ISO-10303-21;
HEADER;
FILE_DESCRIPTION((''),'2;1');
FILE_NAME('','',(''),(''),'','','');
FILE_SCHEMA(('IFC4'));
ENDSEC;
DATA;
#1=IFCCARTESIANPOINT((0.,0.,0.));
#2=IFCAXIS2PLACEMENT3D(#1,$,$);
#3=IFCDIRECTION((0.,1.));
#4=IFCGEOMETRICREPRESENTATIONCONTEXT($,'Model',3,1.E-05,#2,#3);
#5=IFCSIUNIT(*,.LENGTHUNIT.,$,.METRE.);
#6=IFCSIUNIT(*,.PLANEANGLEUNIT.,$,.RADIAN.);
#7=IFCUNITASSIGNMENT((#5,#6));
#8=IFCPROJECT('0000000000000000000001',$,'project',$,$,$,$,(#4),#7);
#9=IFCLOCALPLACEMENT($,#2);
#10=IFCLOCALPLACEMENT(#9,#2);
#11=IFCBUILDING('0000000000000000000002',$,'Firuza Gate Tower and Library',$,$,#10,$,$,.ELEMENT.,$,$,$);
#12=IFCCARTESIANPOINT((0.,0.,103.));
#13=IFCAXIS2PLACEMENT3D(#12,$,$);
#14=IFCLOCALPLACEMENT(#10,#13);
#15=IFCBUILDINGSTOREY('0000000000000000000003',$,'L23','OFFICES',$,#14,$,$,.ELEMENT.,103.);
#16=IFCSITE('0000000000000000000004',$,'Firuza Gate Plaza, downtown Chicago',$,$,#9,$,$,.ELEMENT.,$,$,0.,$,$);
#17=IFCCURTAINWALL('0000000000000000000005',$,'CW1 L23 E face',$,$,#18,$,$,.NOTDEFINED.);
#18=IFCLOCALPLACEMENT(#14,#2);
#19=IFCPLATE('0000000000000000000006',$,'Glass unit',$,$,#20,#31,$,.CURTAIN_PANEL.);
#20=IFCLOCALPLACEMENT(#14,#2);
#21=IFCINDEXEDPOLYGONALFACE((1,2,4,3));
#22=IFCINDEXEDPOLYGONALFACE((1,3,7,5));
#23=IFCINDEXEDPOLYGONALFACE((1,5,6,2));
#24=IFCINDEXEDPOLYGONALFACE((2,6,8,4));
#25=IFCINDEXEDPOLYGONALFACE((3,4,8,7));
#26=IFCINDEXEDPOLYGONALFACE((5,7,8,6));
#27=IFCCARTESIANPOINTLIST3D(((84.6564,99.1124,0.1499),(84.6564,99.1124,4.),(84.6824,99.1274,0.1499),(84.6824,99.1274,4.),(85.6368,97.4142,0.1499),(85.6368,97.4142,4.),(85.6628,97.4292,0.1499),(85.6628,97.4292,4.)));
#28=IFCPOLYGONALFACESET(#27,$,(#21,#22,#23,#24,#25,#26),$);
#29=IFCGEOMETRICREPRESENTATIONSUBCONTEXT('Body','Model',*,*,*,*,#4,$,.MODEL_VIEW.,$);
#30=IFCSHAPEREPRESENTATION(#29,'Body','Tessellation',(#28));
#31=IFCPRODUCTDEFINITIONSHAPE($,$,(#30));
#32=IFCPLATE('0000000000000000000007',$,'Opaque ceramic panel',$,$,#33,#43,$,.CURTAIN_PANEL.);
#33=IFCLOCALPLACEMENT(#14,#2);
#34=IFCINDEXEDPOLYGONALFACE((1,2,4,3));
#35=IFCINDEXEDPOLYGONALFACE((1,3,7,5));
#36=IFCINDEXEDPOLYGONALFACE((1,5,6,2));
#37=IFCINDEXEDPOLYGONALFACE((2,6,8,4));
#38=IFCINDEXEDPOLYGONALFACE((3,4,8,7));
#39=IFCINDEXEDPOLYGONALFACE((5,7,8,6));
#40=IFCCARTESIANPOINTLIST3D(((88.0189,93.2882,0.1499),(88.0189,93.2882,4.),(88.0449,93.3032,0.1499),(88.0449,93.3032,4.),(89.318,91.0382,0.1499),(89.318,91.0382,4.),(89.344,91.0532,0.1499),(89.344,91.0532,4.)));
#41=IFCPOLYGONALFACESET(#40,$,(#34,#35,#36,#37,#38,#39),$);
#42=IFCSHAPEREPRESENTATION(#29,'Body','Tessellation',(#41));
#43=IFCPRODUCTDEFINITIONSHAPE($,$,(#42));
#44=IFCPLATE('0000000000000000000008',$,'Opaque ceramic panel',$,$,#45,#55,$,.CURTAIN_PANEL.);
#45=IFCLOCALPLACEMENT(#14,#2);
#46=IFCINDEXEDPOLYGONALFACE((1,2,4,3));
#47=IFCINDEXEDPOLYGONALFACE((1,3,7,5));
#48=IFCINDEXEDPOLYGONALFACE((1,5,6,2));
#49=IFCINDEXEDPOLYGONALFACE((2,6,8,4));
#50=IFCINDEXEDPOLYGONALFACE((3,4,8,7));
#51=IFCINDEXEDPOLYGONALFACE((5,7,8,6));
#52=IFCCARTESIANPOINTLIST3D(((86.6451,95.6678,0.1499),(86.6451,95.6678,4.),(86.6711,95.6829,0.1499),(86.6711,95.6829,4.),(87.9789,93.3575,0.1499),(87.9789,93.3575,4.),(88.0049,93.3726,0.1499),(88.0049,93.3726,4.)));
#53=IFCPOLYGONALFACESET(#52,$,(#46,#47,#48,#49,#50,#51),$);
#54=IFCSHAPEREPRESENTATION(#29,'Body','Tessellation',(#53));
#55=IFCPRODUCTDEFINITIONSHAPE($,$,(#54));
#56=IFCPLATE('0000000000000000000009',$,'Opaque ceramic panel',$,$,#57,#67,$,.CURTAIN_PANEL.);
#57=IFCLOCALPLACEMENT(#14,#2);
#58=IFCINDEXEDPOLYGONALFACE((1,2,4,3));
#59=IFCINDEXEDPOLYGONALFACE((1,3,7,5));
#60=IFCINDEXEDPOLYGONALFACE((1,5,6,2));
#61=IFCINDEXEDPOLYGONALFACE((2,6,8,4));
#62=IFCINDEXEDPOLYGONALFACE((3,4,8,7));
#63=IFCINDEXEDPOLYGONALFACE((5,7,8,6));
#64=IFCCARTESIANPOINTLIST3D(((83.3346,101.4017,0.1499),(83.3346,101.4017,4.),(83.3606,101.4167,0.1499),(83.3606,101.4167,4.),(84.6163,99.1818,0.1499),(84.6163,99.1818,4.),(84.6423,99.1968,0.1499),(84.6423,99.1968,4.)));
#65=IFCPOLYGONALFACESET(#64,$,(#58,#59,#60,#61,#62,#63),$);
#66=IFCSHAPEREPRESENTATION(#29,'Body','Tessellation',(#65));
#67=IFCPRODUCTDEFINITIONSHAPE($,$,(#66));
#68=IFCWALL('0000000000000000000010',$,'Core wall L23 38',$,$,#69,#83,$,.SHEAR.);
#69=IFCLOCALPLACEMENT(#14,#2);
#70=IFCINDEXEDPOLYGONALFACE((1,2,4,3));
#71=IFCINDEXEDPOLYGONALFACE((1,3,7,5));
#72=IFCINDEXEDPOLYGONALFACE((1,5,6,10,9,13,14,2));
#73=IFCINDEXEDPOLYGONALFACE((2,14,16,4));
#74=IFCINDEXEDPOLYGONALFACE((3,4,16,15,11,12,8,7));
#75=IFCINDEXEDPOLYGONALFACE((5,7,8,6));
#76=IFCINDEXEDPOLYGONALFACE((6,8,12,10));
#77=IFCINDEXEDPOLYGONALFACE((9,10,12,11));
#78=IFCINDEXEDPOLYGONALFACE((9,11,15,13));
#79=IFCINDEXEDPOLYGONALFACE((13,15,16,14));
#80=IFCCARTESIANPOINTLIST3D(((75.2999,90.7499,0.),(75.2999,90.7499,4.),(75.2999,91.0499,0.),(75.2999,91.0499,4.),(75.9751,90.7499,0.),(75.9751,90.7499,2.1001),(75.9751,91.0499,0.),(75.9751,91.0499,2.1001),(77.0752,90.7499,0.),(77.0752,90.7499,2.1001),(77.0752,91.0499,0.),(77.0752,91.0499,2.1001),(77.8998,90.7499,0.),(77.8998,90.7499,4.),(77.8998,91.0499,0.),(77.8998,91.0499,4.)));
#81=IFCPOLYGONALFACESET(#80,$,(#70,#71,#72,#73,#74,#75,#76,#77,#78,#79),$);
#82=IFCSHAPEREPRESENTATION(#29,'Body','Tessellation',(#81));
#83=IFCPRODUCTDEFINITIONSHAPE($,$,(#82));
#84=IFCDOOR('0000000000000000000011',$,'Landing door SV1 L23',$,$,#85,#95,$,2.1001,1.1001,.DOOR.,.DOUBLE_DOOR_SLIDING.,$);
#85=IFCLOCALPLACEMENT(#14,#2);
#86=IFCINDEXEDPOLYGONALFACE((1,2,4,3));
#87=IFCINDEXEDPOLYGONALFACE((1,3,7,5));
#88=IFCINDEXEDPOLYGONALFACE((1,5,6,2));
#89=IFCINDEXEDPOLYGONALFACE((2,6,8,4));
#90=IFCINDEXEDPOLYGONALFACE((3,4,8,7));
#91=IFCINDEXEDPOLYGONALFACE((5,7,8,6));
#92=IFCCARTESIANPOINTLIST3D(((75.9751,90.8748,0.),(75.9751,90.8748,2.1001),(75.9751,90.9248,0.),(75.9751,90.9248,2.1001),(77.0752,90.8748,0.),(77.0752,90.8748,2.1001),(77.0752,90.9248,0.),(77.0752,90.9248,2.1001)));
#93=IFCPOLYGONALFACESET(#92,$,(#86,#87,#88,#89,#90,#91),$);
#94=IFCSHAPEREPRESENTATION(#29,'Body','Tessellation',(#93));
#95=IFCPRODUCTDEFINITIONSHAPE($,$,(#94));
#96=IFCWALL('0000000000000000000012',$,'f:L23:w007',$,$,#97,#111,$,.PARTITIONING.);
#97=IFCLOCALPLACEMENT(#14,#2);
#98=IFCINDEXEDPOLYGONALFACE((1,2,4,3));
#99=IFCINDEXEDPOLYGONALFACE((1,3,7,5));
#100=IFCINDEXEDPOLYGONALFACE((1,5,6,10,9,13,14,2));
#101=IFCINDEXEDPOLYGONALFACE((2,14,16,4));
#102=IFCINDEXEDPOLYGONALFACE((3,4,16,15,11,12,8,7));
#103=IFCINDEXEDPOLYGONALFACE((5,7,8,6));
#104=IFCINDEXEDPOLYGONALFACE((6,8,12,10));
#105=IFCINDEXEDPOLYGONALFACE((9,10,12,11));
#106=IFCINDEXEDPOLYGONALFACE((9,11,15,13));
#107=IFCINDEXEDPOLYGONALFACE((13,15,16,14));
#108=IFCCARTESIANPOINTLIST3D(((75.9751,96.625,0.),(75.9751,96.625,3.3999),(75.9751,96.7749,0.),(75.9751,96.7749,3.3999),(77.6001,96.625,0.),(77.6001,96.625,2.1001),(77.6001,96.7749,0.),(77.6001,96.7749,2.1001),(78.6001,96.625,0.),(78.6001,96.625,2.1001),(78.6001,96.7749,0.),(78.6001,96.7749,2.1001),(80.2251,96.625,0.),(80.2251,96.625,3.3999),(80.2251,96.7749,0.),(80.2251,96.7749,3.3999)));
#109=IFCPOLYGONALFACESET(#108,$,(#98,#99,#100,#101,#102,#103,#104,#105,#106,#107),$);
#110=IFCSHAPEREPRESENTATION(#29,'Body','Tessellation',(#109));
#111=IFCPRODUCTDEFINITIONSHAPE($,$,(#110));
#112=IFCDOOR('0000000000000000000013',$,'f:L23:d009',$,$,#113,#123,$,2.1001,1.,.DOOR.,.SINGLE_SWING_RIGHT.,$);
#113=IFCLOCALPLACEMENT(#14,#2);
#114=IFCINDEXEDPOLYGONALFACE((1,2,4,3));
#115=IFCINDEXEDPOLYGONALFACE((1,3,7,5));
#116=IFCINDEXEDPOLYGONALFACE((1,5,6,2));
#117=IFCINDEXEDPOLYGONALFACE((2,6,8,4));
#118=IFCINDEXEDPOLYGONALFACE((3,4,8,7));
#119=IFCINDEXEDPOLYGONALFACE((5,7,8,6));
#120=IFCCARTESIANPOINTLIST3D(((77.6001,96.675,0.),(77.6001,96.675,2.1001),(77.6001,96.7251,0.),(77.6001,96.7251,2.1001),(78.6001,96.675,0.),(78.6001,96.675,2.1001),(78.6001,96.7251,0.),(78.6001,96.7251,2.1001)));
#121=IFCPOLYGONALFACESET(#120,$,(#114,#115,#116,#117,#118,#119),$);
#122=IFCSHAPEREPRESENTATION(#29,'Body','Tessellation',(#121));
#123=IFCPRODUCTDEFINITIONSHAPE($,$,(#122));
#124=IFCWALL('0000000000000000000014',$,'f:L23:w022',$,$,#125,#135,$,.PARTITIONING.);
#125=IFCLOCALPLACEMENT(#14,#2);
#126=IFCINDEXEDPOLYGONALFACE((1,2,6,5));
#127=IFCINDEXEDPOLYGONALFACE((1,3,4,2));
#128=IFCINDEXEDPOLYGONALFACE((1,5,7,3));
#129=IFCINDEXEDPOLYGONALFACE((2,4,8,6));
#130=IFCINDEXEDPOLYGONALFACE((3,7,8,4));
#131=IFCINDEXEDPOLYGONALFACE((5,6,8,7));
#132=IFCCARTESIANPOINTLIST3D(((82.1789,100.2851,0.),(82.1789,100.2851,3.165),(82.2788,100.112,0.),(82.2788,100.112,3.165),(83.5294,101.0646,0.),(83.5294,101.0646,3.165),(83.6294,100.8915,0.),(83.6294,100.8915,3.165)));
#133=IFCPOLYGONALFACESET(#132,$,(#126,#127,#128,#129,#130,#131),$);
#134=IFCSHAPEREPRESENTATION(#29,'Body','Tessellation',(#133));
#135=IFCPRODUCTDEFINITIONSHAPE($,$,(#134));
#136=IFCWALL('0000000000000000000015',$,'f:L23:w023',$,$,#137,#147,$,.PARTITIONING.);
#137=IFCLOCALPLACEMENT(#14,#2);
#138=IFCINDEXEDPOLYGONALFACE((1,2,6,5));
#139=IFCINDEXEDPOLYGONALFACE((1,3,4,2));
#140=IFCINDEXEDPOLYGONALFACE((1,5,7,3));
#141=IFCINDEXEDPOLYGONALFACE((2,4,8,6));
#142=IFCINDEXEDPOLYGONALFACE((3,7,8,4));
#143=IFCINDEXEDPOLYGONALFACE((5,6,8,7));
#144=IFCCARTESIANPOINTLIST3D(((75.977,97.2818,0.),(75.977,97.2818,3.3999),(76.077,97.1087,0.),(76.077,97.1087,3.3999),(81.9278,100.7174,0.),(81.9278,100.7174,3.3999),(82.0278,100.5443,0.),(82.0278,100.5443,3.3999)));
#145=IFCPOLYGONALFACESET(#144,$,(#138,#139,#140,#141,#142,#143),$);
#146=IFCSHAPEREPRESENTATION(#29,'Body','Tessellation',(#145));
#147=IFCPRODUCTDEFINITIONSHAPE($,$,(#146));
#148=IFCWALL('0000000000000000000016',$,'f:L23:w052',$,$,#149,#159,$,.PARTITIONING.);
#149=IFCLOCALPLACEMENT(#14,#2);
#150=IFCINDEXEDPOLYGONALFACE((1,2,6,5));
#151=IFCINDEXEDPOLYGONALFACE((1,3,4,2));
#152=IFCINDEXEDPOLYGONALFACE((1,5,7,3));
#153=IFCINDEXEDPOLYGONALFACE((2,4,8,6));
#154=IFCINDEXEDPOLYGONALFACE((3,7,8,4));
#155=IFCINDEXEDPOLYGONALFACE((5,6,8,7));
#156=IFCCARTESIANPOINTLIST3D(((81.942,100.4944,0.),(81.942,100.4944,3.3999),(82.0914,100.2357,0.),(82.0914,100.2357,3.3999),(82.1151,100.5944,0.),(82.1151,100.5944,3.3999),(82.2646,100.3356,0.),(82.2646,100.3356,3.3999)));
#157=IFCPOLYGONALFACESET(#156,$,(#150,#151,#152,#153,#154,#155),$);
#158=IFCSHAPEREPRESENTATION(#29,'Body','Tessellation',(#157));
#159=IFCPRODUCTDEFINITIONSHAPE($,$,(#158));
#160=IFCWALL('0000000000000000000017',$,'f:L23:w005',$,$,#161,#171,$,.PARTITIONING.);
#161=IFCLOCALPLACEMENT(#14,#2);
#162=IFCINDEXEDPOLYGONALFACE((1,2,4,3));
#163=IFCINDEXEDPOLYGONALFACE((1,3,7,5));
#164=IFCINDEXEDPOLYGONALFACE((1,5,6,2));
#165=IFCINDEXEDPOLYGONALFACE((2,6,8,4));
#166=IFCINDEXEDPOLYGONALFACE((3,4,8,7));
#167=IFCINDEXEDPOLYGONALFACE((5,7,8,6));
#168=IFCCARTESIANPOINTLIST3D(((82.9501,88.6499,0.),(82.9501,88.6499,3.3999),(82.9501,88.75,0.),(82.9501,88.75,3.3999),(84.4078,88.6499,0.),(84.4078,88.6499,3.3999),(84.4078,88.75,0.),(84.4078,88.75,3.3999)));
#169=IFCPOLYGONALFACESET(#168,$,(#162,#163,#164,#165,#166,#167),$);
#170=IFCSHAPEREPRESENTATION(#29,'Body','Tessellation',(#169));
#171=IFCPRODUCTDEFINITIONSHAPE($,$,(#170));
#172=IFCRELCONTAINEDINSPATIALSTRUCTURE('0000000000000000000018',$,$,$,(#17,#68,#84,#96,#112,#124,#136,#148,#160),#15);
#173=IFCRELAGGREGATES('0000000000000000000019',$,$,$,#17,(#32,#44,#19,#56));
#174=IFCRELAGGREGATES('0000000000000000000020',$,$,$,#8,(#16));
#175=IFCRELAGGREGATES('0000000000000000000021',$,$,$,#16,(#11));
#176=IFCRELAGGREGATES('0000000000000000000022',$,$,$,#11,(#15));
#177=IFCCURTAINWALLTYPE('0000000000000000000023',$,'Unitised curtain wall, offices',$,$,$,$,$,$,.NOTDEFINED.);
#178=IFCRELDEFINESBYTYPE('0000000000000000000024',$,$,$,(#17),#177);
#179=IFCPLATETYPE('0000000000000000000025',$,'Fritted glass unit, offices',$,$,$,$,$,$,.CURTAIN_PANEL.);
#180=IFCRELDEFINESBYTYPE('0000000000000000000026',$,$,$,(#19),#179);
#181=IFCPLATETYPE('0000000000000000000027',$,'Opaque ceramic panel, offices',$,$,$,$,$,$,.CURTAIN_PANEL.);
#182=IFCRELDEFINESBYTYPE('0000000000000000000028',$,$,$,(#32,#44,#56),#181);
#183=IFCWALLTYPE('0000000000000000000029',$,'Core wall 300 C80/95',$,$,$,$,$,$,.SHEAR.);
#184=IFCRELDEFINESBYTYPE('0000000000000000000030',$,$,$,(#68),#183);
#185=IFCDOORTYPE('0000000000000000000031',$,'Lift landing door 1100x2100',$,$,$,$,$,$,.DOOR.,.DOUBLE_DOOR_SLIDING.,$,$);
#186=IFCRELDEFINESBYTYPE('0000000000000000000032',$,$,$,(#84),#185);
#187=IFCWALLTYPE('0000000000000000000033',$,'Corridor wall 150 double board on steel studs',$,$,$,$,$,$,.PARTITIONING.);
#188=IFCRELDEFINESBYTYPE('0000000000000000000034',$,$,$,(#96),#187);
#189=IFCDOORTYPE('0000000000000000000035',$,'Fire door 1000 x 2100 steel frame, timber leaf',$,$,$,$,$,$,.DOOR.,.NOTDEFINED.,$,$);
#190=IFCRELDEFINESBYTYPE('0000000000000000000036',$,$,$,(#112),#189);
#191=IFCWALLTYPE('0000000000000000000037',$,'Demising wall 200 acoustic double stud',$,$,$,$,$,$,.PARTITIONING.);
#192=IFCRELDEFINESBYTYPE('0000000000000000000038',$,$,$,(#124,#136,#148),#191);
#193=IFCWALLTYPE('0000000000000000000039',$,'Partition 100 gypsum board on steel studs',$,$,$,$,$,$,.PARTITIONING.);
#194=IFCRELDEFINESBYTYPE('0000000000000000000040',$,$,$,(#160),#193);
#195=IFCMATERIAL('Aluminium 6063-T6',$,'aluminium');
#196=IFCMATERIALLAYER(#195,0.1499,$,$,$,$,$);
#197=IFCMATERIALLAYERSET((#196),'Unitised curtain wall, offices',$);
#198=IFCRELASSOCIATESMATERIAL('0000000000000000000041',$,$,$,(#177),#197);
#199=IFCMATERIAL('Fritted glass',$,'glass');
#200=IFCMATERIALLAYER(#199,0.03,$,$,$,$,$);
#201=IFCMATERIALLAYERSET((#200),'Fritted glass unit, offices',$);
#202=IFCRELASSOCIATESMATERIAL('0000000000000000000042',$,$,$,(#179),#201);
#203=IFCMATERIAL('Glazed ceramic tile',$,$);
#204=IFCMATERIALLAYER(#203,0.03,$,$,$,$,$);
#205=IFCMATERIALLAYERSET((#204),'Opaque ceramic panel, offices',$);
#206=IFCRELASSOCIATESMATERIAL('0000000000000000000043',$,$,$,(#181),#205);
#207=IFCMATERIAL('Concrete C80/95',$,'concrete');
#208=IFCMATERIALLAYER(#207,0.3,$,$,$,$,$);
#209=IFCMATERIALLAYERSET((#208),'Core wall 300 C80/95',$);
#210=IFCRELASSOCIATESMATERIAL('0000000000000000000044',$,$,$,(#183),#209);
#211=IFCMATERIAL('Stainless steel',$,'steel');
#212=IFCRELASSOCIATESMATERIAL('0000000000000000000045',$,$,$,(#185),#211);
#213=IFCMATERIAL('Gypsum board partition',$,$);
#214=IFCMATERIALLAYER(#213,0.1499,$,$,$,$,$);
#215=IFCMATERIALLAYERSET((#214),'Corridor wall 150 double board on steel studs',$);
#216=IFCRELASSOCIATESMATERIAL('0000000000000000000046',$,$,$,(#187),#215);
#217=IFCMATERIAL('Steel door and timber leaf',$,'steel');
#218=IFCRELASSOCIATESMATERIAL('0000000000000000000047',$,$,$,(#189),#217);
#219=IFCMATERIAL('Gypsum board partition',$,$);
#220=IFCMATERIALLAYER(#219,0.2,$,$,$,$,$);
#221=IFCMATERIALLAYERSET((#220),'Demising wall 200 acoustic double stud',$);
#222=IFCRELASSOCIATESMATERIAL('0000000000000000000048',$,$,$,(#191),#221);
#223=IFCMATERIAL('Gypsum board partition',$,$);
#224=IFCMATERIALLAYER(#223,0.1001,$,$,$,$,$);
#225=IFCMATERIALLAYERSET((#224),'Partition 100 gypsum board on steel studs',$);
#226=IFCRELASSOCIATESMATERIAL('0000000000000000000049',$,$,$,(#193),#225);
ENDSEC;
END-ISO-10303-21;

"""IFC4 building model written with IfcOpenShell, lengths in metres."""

from ifc_helpers import new_model, si_unit, direction, frame, frame_2d, origin, place, context, subcontext, project, spatial, polyline, rectangle, outline, extrude, material, layer, layer_set, type_object, element, fill, aggregate, save


model = new_model("IFC4")

# Units and contexts
model_context = context("Model", 3, precision=1e-05, world=origin(), true_north=direction((0.0, 1.0)))
body_context = subcontext(model_context, "Body", "Model", "MODEL_VIEW")
ifc_project = project(units=[si_unit("LENGTHUNIT", "METRE"), si_unit("PLANEANGLEUNIT", "RADIAN")], contexts=[model_context])

# Site, building, storey
site_placement = place(None, origin())
site = spatial("IfcSite", under=ifc_project, at=site_placement, Name="Firuza Gate Plaza, downtown Chicago", CompositionType="ELEMENT", RefElevation=0.0)
building_placement = place(site_placement, origin())
building = spatial("IfcBuilding", under=site, at=building_placement, Name="Firuza Gate Tower and Library", CompositionType="ELEMENT")
storey_placement = place(building_placement, frame((0.0, 0.0, 103.0)))
storey = spatial("IfcBuildingStorey", under=building, at=storey_placement, Name="L23", Description="OFFICES", CompositionType="ELEMENT", Elevation=103.0)

# Curtain wall
ifc_material_1 = material(Name="Aluminium 6063-T6", Category="aluminium")
ifc_layer_1 = layer(ifc_material_1, 0.1499)
ifc_layer_set_1 = layer_set([ifc_layer_1], Name="Unitised curtain wall, offices")
curtain_wall_type = type_object("IfcCurtainWallType", Name="Unitised curtain wall, offices", PredefinedType="NOTDEFINED", material=ifc_layer_set_1)
curtain_wall_placement = place(storey_placement, origin())
curtain_wall = element("IfcCurtainWall", 1, at=curtain_wall_placement, inside=storey, type_object=curtain_wall_type, Name="CW1 L23 E face", PredefinedType="NOTDEFINED")

# Plates
ifc_material_2 = material(Name="Fritted glass", Category="glass")
ifc_layer_2 = layer(ifc_material_2, 0.03)
ifc_layer_set_2 = layer_set([ifc_layer_2], Name="Fritted glass unit, offices")
plate_type_1 = type_object("IfcPlateType", Name="Fritted glass unit, offices", PredefinedType="CURTAIN_PANEL", material=ifc_layer_set_2)
plate_1_placement = place(storey_placement, frame((85.6628, 97.4292, 0.1499), z_axis=(0.866028, 0.499995, 0.0), x_axis=(-0.499995, 0.866028, 0.0)))
plate_1 = element("IfcPlate", 2, at=plate_1_placement, type_object=plate_type_1, Name="Glass unit", PredefinedType="CURTAIN_PANEL", context=body_context, shape_type="SweptSolid", body=[
    extrude(outline(polyline([(0.0, 0.0), (1.961, 0.0), (1.961, 3.8501), (0.0, 3.8501), (0.0, 0.0)])), origin(), (0.0, 0.0, -1.0), 0.03),
])
ifc_material_3 = material(Name="Glazed ceramic tile")
ifc_layer_3 = layer(ifc_material_3, 0.03)
ifc_layer_set_3 = layer_set([ifc_layer_3], Name="Opaque ceramic panel, offices")
plate_type_2 = type_object("IfcPlateType", Name="Opaque ceramic panel, offices", PredefinedType="CURTAIN_PANEL", material=ifc_layer_set_3)
plate_2_placement = place(storey_placement, frame((89.344, 91.0532, 0.1499), z_axis=(0.86602, 0.50001, 0.0), x_axis=(-0.50001, 0.86602, 0.0)))
plate_2 = element("IfcPlate", 3, at=plate_2_placement, type_object=plate_type_2, Name="Opaque ceramic panel", PredefinedType="CURTAIN_PANEL", context=body_context, shape_type="SweptSolid", body=[
    extrude(outline(polyline([(0.0, 0.0), (2.5981, 0.0), (2.5981, 3.8501), (0.0, 3.8501), (0.0, 0.0)])), origin(), (0.0, 0.0, -1.0), 0.03),
])
plate_3_placement = place(storey_placement, frame((88.0049, 93.3726, 0.1499), z_axis=(0.866044, 0.499968, 0.0), x_axis=(-0.499968, 0.866044, 0.0)))
plate_3 = element("IfcPlate", 4, at=plate_3_placement, type_object=plate_type_2, Name="Opaque ceramic panel", PredefinedType="CURTAIN_PANEL", context=body_context, shape_type="SweptSolid", body=[
    extrude(outline(polyline([(0.0, 0.0), (2.6677, 0.0), (2.6677, 3.8501), (0.0, 3.8501), (0.0, 0.0)])), origin(), (0.0, 0.0, -1.0), 0.03),
])
plate_4_placement = place(storey_placement, frame((84.6423, 99.1968, 0.1499), z_axis=(0.866019, 0.500011, 0.0), x_axis=(-0.500011, 0.866019, 0.0)))
plate_4 = element("IfcPlate", 5, at=plate_4_placement, type_object=plate_type_2, Name="Opaque ceramic panel", PredefinedType="CURTAIN_PANEL", context=body_context, shape_type="SweptSolid", body=[
    extrude(outline(polyline([(0.0, 0.0), (2.5634, 0.0), (2.5634, 3.8501), (0.0, 3.8501), (0.0, 0.0)])), origin(), (0.0, 0.0, -1.0), 0.03),
])
aggregate(curtain_wall, [plate_2, plate_3, plate_1, plate_4])

# Walls, openings, doors
ifc_material_4 = material(Name="Concrete C80/95", Category="concrete")
ifc_layer_4 = layer(ifc_material_4, 0.3)
ifc_layer_set_4 = layer_set([ifc_layer_4], Name="Core wall 300 C80/95")
wall_type_1 = type_object("IfcWallType", Name="Core wall 300 C80/95", PredefinedType="SHEAR", material=ifc_layer_set_4)
wall_1_placement = place(storey_placement, frame((75.3, 90.8999, 0.0), z_axis=(0.0, 0.0, 1.0), x_axis=(1.0, 0.0, 0.0)))
wall_1 = element("IfcWall", 6, at=wall_1_placement, inside=storey, type_object=wall_type_1, Name="Core wall L23 38", PredefinedType="SHEAR", context=body_context, shape_type="SweptSolid", body=[
    extrude(rectangle(XDim=2.5999, YDim=0.3, at=frame_2d((1.2998, 0.0))), origin(), (0.0, 0.0, 1.0), 4.0),
])
opening_1_placement = place(wall_1_placement, frame((0.675, 0.0, 0.0)))
opening_1 = element("IfcOpeningElement", 7, at=opening_1_placement, cuts=wall_1, PredefinedType="OPENING", context=body_context, shape_type="SweptSolid", body=[
    extrude(rectangle(XDim=1.1001, YDim=2.1001, at=frame_2d((0.55, 1.05))), frame((0.0, 0.1602, 0.0), z_axis=(0.0, -1.0, 0.0), x_axis=(1.0, 0.0, 0.0)), (0.0, 0.0, 1.0), 0.3201),
])
ifc_material_5 = material(Name="Stainless steel", Category="steel")
door_type_1 = type_object("IfcDoorType", Name="Lift landing door 1100x2100", OperationType="DOUBLE_DOOR_SLIDING", PredefinedType="DOOR", material=ifc_material_5)
door_1_placement = place(opening_1_placement, origin())
door_1 = element("IfcDoor", 8, at=door_1_placement, inside=storey, type_object=door_type_1, Name="Landing door SV1 L23", OperationType="DOUBLE_DOOR_SLIDING", OverallHeight=2.1001, OverallWidth=1.1001, PredefinedType="DOOR", context=body_context, shape_type="SweptSolid", body=[
    extrude(rectangle(XDim=1.1001, YDim=2.1001, at=frame_2d((0.55, 1.05))), frame((0.0, 0.0249, 0.0), z_axis=(0.0, -1.0, 0.0), x_axis=(1.0, 0.0, 0.0)), (0.0, 0.0, 1.0), 0.05),
])
fill(opening_1, door_1)
ifc_material_6 = material(Name="Gypsum board partition")
ifc_layer_5 = layer(ifc_material_6, 0.1499)
ifc_layer_set_5 = layer_set([ifc_layer_5], Name="Corridor wall 150 double board on steel studs")
wall_type_2 = type_object("IfcWallType", Name="Corridor wall 150 double board on steel studs", PredefinedType="PARTITIONING", material=ifc_layer_set_5)
wall_2_placement = place(storey_placement, frame((80.2251, 96.7, 0.0), z_axis=(0.0, 0.0, 1.0), x_axis=(-1.0, 0.0, 0.0)))
wall_2 = element("IfcWall", 9, at=wall_2_placement, inside=storey, type_object=wall_type_2, Name="f:L23:w007", PredefinedType="PARTITIONING", context=body_context, shape_type="SweptSolid", body=[
    extrude(rectangle(XDim=4.25, YDim=0.1499, at=frame_2d((2.125, 0.0))), origin(), (0.0, 0.0, 1.0), 3.3999),
])
opening_2_placement = place(wall_2_placement, frame((1.625, 0.0, 0.0)))
opening_2 = element("IfcOpeningElement", 10, at=opening_2_placement, cuts=wall_2, PredefinedType="OPENING", context=body_context, shape_type="SweptSolid", body=[
    extrude(rectangle(XDim=1.0, YDim=2.1001, at=frame_2d((0.5, 1.05))), frame((0.0, 0.085, 0.0), z_axis=(0.0, -1.0, 0.0), x_axis=(1.0, 0.0, 0.0)), (0.0, 0.0, 1.0), 0.1699),
])
ifc_material_7 = material(Name="Steel door and timber leaf", Category="steel")
door_type_2 = type_object("IfcDoorType", Name="Fire door 1000 x 2100 steel frame, timber leaf", OperationType="NOTDEFINED", PredefinedType="DOOR", material=ifc_material_7)
door_2_placement = place(opening_2_placement, origin())
door_2 = element("IfcDoor", 11, at=door_2_placement, inside=storey, type_object=door_type_2, Name="f:L23:d009", OperationType="SINGLE_SWING_RIGHT", OverallHeight=2.1001, OverallWidth=1.0, PredefinedType="DOOR", context=body_context, shape_type="SweptSolid", body=[
    extrude(rectangle(XDim=1.0, YDim=2.1001, at=frame_2d((0.5, 1.05))), frame((0.0, 0.0249, 0.0), z_axis=(0.0, -1.0, 0.0), x_axis=(1.0, 0.0, 0.0)), (0.0, 0.0, 1.0), 0.05),
])
fill(opening_2, door_2)

# Walls
ifc_material_8 = material(Name="Gypsum board partition")
ifc_layer_6 = layer(ifc_material_8, 0.2)
ifc_layer_set_6 = layer_set([ifc_layer_6], Name="Demising wall 200 acoustic double stud")
wall_type_3 = type_object("IfcWallType", Name="Demising wall 200 acoustic double stud", PredefinedType="PARTITIONING", material=ifc_layer_set_6)
wall_3_placement = place(storey_placement, frame((82.2288, 100.1985, 0.0), z_axis=(0.0, 0.0, 1.0), x_axis=(0.866087, 0.499894, 0.0)))
element("IfcWall", 12, at=wall_3_placement, inside=storey, type_object=wall_type_3, Name="f:L23:w022", PredefinedType="PARTITIONING", context=body_context, shape_type="SweptSolid", body=[
    extrude(rectangle(XDim=1.5593, YDim=0.2, at=frame_2d((0.7798, 0.0))), origin(), (0.0, 0.0, 1.0), 3.165),
])
wall_4_placement = place(storey_placement, frame((76.0271, 97.1953, 0.0), z_axis=(0.0, 0.0, 1.0), x_axis=(0.866031, 0.499991, 0.0)))
element("IfcWall", 13, at=wall_4_placement, inside=storey, type_object=wall_type_3, Name="f:L23:w023", PredefinedType="PARTITIONING", context=body_context, shape_type="SweptSolid", body=[
    extrude(rectangle(XDim=6.8713, YDim=0.2, at=frame_2d((3.4355, 0.0))), origin(), (0.0, 0.0, 1.0), 3.3999),
])
wall_5_placement = place(storey_placement, frame((82.178, 100.2856, 0.0), z_axis=(0.0, 0.0, 1.0), x_axis=(-0.500005, 0.866022, 0.0)))
element("IfcWall", 14, at=wall_5_placement, inside=storey, type_object=wall_type_3, Name="f:L23:w052", PredefinedType="PARTITIONING", context=body_context, shape_type="SweptSolid", body=[
    extrude(rectangle(XDim=0.2988, YDim=0.2, at=frame_2d((0.1494, 0.0))), origin(), (0.0, 0.0, 1.0), 3.3999),
])
ifc_material_9 = material(Name="Gypsum board partition")
ifc_layer_7 = layer(ifc_material_9, 0.1001)
ifc_layer_set_7 = layer_set([ifc_layer_7], Name="Partition 100 gypsum board on steel studs")
wall_type_4 = type_object("IfcWallType", Name="Partition 100 gypsum board on steel studs", PredefinedType="PARTITIONING", material=ifc_layer_set_7)
wall_6_placement = place(storey_placement, frame((82.95, 88.7, 0.0), z_axis=(0.0, 0.0, 1.0), x_axis=(1.0, 0.0, 0.0)))
element("IfcWall", 15, at=wall_6_placement, inside=storey, type_object=wall_type_4, Name="f:L23:w005", PredefinedType="PARTITIONING", context=body_context, shape_type="SweptSolid", body=[
    extrude(rectangle(XDim=1.4578, YDim=0.1001, at=frame_2d((0.729, 0.0))), origin(), (0.0, 0.0, 1.0), 3.3999),
])

save(model, "model.ifc")
